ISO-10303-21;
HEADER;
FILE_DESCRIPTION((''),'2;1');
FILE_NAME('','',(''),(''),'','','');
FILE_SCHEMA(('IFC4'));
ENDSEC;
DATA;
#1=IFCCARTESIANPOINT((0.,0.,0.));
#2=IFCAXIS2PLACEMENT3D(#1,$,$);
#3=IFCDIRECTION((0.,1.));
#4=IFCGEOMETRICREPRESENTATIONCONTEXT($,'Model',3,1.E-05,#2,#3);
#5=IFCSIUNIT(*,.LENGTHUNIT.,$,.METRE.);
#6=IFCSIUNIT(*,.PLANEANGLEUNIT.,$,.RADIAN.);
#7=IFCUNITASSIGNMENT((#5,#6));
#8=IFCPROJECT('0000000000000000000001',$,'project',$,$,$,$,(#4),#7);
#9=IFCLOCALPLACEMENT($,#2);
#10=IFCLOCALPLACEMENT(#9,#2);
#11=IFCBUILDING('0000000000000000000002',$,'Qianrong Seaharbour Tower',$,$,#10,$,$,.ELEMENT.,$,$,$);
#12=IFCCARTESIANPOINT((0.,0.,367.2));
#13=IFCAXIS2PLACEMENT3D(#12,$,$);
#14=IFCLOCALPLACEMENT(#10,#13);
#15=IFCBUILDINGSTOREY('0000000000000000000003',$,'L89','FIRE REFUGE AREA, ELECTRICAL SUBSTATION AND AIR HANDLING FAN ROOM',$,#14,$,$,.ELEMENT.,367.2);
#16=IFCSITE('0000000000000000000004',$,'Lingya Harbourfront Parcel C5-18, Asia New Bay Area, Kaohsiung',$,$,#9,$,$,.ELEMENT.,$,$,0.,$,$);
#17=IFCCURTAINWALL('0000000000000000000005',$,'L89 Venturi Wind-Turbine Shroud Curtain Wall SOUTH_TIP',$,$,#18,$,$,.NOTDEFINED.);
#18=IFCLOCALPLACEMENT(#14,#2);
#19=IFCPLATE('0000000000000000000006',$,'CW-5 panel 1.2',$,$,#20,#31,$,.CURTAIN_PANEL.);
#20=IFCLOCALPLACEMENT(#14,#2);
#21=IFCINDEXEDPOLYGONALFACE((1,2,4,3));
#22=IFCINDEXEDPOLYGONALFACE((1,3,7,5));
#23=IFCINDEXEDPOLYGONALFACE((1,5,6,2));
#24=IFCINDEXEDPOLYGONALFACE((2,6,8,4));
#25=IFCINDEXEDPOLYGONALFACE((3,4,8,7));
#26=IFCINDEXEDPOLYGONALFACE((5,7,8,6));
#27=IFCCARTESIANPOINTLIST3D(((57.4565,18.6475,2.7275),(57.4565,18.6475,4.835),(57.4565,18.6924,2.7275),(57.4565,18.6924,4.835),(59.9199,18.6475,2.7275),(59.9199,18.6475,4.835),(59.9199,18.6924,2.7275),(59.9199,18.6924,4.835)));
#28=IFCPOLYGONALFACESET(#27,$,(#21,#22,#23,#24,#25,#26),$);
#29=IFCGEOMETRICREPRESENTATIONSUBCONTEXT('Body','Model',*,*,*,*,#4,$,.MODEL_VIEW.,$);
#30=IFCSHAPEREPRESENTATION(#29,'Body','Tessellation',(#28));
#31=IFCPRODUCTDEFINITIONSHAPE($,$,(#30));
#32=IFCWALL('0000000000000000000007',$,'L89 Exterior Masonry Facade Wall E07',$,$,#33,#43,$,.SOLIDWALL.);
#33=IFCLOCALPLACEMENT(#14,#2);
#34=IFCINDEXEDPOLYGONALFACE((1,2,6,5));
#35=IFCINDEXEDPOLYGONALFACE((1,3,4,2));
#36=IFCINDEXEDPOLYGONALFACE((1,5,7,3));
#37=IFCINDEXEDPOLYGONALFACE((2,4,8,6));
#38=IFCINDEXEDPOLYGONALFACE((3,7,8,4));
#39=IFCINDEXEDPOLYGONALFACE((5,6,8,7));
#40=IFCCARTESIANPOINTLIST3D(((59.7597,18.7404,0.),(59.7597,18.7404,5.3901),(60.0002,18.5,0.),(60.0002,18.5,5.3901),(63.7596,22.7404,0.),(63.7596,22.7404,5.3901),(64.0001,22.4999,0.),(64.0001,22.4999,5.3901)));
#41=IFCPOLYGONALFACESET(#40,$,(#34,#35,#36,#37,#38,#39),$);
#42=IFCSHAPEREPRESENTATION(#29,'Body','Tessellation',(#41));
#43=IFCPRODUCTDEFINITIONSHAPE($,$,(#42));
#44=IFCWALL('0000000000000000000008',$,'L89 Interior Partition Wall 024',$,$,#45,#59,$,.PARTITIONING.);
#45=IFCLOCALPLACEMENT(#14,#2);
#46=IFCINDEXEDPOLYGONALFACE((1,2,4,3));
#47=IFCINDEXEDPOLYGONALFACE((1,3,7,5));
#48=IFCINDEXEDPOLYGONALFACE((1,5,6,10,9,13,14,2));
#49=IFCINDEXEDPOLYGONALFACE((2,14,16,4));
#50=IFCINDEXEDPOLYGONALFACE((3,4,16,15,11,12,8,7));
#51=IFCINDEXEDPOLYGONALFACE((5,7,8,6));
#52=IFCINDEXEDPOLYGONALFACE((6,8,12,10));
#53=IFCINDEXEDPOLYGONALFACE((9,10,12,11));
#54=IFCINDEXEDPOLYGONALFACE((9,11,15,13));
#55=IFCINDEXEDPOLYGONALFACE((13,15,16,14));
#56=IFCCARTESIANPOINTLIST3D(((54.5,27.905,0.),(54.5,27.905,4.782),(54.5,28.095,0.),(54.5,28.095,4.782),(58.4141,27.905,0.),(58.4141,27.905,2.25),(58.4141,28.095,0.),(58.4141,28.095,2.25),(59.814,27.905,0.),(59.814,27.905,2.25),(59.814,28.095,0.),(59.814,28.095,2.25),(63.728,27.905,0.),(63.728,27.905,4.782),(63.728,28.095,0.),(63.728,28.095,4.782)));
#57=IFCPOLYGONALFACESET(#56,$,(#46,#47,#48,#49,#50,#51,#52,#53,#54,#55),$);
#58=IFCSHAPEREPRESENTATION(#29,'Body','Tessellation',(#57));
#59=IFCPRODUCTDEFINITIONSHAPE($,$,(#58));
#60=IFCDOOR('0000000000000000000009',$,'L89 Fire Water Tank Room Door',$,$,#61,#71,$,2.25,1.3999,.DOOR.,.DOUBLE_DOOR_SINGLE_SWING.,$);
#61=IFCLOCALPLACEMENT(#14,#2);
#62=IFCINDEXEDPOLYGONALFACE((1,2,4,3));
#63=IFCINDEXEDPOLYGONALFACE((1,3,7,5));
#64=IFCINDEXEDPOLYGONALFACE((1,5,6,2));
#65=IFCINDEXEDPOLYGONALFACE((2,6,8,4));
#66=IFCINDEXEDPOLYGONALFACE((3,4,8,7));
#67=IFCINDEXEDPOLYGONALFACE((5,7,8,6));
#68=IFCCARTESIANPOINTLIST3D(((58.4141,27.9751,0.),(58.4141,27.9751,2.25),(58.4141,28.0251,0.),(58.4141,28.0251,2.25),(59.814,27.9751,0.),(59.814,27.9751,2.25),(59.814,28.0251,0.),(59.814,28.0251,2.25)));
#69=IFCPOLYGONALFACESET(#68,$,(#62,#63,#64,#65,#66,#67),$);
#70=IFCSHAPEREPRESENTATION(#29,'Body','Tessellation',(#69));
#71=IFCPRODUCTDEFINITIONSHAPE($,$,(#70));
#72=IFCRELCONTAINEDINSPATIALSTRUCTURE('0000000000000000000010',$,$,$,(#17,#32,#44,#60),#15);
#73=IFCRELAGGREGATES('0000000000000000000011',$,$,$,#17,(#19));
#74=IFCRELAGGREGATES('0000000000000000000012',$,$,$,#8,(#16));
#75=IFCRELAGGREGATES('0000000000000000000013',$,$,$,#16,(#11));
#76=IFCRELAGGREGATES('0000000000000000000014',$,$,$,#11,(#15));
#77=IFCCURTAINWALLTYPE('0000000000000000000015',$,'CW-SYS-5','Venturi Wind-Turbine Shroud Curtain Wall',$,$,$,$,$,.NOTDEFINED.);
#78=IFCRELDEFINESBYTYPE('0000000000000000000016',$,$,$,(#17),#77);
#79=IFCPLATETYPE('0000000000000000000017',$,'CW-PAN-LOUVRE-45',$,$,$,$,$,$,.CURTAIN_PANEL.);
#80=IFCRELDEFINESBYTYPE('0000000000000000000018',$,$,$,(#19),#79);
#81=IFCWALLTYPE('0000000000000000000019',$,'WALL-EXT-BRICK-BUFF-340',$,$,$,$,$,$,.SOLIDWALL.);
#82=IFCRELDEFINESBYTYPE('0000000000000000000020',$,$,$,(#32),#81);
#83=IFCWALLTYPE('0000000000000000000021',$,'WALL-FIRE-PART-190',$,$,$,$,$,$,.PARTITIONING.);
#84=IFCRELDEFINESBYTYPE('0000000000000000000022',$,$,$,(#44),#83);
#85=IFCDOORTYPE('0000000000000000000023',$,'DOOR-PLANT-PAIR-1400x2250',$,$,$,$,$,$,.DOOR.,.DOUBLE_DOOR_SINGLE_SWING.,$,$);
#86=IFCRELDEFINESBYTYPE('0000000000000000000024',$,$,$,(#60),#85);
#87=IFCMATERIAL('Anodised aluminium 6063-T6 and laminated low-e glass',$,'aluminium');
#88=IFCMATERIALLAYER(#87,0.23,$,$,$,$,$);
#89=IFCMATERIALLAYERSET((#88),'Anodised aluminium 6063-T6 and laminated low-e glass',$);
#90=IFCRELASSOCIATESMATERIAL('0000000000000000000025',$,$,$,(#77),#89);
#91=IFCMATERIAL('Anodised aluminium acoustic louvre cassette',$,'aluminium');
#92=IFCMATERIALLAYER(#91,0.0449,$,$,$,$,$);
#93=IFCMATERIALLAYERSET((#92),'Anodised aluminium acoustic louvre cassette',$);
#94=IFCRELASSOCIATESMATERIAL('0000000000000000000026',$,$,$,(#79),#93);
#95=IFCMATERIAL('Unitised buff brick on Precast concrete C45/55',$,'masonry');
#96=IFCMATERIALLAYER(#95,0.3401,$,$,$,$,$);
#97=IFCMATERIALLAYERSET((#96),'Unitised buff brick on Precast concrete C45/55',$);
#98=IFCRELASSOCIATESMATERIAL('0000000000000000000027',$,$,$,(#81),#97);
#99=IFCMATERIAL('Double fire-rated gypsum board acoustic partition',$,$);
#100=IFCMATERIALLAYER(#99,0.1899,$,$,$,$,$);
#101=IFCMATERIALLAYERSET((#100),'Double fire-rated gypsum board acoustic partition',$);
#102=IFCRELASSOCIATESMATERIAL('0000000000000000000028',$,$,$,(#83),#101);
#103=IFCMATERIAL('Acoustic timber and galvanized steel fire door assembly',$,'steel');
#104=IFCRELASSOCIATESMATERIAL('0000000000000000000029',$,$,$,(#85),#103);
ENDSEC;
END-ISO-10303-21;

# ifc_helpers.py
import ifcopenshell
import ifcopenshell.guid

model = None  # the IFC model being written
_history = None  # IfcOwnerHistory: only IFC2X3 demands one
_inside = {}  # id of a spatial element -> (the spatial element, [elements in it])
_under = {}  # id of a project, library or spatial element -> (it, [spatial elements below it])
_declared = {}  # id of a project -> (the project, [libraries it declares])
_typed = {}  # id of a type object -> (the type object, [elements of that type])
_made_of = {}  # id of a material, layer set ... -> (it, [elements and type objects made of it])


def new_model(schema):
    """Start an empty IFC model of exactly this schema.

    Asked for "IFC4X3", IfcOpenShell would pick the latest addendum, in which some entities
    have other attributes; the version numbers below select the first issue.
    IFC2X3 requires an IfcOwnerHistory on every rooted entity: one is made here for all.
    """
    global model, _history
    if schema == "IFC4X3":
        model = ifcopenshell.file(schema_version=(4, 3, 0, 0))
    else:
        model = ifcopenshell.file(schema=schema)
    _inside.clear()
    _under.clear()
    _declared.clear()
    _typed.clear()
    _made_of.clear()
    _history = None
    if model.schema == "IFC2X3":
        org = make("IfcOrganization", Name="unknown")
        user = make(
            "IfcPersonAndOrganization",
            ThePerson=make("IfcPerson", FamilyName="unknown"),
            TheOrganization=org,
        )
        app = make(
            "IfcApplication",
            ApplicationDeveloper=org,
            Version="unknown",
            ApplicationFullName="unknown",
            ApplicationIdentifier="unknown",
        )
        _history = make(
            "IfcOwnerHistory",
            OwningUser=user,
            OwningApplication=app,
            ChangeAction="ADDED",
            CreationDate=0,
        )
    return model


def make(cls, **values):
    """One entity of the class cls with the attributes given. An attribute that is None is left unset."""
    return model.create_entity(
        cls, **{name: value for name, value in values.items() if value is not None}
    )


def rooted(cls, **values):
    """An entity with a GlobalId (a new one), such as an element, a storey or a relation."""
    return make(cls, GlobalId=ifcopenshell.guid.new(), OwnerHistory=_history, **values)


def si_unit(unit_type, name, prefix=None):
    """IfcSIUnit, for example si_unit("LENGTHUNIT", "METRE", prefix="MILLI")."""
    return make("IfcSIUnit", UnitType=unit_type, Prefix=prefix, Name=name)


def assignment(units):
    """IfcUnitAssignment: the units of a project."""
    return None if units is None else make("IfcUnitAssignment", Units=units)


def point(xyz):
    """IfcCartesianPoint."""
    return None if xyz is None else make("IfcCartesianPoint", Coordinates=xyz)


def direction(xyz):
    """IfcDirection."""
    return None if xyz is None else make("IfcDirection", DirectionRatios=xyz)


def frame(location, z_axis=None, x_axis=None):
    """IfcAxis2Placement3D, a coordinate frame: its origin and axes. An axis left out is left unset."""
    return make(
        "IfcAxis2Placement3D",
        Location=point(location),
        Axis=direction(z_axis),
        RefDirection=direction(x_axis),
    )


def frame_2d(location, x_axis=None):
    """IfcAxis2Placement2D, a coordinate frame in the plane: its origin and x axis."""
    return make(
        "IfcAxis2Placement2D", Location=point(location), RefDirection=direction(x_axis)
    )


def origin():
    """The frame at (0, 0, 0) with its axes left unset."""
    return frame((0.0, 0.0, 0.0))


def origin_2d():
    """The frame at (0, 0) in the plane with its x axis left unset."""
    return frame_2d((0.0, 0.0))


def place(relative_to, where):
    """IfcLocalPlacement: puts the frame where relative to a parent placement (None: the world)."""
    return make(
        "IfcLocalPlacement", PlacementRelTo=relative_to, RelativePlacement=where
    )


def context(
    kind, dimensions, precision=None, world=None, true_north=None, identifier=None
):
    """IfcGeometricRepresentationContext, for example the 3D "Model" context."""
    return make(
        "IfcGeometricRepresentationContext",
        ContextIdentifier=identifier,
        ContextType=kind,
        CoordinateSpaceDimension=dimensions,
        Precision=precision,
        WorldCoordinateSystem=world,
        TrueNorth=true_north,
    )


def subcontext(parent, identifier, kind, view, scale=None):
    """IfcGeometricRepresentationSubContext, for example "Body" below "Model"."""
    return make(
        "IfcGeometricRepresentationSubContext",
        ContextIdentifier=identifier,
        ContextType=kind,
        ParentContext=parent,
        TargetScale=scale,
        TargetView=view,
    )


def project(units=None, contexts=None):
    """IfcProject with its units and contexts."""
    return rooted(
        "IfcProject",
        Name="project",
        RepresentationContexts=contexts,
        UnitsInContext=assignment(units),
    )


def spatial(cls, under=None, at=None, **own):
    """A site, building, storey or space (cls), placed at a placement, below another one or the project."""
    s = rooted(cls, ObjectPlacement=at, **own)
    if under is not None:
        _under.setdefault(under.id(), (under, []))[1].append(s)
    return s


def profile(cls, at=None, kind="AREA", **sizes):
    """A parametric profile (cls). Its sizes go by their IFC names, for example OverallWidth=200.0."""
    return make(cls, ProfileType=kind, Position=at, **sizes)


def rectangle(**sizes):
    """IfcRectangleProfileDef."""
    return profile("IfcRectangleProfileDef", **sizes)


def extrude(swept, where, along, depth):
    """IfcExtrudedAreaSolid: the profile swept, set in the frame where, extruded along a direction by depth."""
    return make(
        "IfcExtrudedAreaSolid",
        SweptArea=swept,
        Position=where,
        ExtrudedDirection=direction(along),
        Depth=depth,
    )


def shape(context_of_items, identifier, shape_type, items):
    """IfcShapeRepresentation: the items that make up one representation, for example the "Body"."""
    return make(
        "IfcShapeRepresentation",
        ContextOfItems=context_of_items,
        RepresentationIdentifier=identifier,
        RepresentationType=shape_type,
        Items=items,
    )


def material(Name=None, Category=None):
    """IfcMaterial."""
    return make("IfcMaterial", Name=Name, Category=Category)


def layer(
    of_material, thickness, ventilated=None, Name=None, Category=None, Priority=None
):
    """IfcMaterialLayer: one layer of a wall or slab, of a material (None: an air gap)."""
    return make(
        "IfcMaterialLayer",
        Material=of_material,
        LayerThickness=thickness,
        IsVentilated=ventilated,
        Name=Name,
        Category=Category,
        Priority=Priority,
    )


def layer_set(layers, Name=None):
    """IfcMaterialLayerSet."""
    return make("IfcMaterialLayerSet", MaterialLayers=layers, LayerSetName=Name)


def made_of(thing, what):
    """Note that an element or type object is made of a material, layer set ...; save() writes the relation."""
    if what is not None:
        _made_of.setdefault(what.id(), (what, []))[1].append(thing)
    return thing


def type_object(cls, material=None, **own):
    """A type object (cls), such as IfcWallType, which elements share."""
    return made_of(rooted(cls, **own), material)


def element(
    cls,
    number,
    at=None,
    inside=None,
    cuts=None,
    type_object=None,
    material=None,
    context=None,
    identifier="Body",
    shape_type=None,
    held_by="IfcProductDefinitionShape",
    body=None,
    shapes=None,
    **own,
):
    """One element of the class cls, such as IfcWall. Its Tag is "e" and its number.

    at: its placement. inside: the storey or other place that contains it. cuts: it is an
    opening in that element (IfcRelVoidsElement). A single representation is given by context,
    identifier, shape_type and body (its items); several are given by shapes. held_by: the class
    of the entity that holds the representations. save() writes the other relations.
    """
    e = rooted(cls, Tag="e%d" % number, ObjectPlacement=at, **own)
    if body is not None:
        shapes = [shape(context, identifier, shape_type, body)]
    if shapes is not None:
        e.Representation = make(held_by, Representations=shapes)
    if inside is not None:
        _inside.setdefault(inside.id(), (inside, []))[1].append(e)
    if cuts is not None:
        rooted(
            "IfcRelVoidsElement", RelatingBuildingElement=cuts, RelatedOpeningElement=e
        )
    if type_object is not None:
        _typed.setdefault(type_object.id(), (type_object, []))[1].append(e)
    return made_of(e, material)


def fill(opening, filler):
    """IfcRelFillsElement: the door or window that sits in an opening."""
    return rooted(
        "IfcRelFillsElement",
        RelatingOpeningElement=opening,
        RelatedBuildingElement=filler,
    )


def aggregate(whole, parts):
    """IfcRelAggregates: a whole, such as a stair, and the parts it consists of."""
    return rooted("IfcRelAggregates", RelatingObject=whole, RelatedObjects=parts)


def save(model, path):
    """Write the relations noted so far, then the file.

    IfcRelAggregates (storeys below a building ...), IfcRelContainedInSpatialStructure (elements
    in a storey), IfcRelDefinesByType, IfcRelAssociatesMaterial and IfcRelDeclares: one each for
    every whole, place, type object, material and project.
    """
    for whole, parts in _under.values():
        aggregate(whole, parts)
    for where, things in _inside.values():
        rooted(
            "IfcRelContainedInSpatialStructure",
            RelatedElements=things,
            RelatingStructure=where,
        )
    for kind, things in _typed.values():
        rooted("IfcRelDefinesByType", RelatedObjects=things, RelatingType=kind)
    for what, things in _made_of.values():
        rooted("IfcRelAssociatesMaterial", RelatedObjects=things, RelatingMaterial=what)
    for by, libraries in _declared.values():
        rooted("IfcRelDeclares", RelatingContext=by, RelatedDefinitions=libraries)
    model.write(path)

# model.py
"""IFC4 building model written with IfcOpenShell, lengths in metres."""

from ifc_helpers import new_model, si_unit, direction, frame, frame_2d, origin, origin_2d, place, context, subcontext, project, spatial, rectangle, extrude, material, layer, layer_set, type_object, element, fill, aggregate, save


model = new_model("IFC4")

# Units and contexts
model_context = context("Model", 3, precision=1e-05, world=origin(), true_north=direction((0.0, 1.0)))
body_context = subcontext(model_context, "Body", "Model", "MODEL_VIEW")
ifc_project = project(units=[si_unit("LENGTHUNIT", "METRE"), si_unit("PLANEANGLEUNIT", "RADIAN")], contexts=[model_context])

# Site, building, storey
site_placement = place(None, origin())
site = spatial("IfcSite", under=ifc_project, at=site_placement, Name="Lingya Harbourfront Parcel C5-18, Asia New Bay Area, Kaohsiung", CompositionType="ELEMENT", RefElevation=0.0)
building_placement = place(site_placement, origin())
building = spatial("IfcBuilding", under=site, at=building_placement, Name="Qianrong Seaharbour Tower", CompositionType="ELEMENT")
storey_placement = place(building_placement, frame((0.0, 0.0, 367.2)))
storey = spatial("IfcBuildingStorey", under=building, at=storey_placement, Name="L89", Description="FIRE REFUGE AREA, ELECTRICAL SUBSTATION AND AIR HANDLING FAN ROOM", CompositionType="ELEMENT", Elevation=367.2)

# Curtain wall
ifc_material_1 = material(Name="Anodised aluminium 6063-T6 and laminated low-e glass", Category="aluminium")
ifc_layer_1 = layer(ifc_material_1, 0.23)
ifc_layer_set_1 = layer_set([ifc_layer_1], Name="Anodised aluminium 6063-T6 and laminated low-e glass")
curtain_wall_type = type_object("IfcCurtainWallType", Name="CW-SYS-5", Description="Venturi Wind-Turbine Shroud Curtain Wall", PredefinedType="NOTDEFINED", material=ifc_layer_set_1)
curtain_wall_1_placement = place(storey_placement, origin())
curtain_wall_1 = element("IfcCurtainWall", 1, at=curtain_wall_1_placement, inside=storey, type_object=curtain_wall_type, Name="L89 Venturi Wind-Turbine Shroud Curtain Wall SOUTH_TIP", PredefinedType="NOTDEFINED")

# Plate
ifc_material_2 = material(Name="Anodised aluminium acoustic louvre cassette", Category="aluminium")
ifc_layer_2 = layer(ifc_material_2, 0.0449)
ifc_layer_set_2 = layer_set([ifc_layer_2], Name="Anodised aluminium acoustic louvre cassette")
plate_type = type_object("IfcPlateType", Name="CW-PAN-LOUVRE-45", PredefinedType="CURTAIN_PANEL", material=ifc_layer_set_2)
plate_1_placement = place(storey_placement, frame((58.6882, 18.6699, 2.7275), z_axis=(0.0, 0.0, 1.0), x_axis=(-1.0, 0.0, 0.0)))
plate_1 = element("IfcPlate", 2, at=plate_1_placement, type_object=plate_type, Name="CW-5 panel 1.2", PredefinedType="CURTAIN_PANEL", context=body_context, shape_type="SweptSolid", body=[
    extrude(rectangle(XDim=2.4634, YDim=0.0449, at=origin_2d()), origin(), (0.0, 0.0, 1.0), 2.1074),
])
aggregate(curtain_wall_1, [plate_1])

# Wall
ifc_material_3 = material(Name="Unitised buff brick on Precast concrete C45/55", Category="masonry")
ifc_layer_3 = layer(ifc_material_3, 0.3401)
ifc_layer_set_3 = layer_set([ifc_layer_3], Name="Unitised buff brick on Precast concrete C45/55")
wall_type_1 = type_object("IfcWallType", Name="WALL-EXT-BRICK-BUFF-340", PredefinedType="SOLIDWALL", material=ifc_layer_set_3)
wall_1_placement = place(storey_placement, frame((63.8799, 22.6201, 0.0), z_axis=(0.0, 0.0, 1.0), x_axis=(-0.707107, -0.707107, 0.0)))
element("IfcWall", 3, at=wall_1_placement, inside=storey, type_object=wall_type_1, Name="L89 Exterior Masonry Facade Wall E07", PredefinedType="SOLIDWALL", context=body_context, shape_type="SweptSolid", body=[
    extrude(rectangle(XDim=5.6567, YDim=0.3401, at=frame_2d((2.8284, 0.0))), origin(), (0.0, 0.0, 1.0), 5.3901),
])

# Wall, opening, door
ifc_material_4 = material(Name="Double fire-rated gypsum board acoustic partition")
ifc_layer_4 = layer(ifc_material_4, 0.1899)
ifc_layer_set_4 = layer_set([ifc_layer_4], Name="Double fire-rated gypsum board acoustic partition")
wall_type_2 = type_object("IfcWallType", Name="WALL-FIRE-PART-190", PredefinedType="PARTITIONING", material=ifc_layer_set_4)
wall_2_placement = place(storey_placement, frame((63.728, 28.0, 0.0), z_axis=(0.0, 0.0, 1.0), x_axis=(-1.0, 0.0, 0.0)))
wall_2 = element("IfcWall", 4, at=wall_2_placement, inside=storey, type_object=wall_type_2, Name="L89 Interior Partition Wall 024", PredefinedType="PARTITIONING", context=body_context, shape_type="SweptSolid", body=[
    extrude(rectangle(XDim=9.228, YDim=0.1899, at=frame_2d((4.614, 0.0))), origin(), (0.0, 0.0, 1.0), 4.782),
])
opening_placement = place(wall_2_placement, frame((3.9141, 0.0, 0.0)))
opening = element("IfcOpeningElement", 5, at=opening_placement, cuts=wall_2, PredefinedType="OPENING", context=body_context, shape_type="SweptSolid", body=[
    extrude(rectangle(XDim=1.3999, YDim=2.25, at=frame_2d((0.7, 1.125))), frame((0.0, 0.105, 0.0), z_axis=(0.0, -1.0, 0.0), x_axis=(1.0, 0.0, 0.0)), (0.0, 0.0, 1.0), 0.21),
])
ifc_material_5 = material(Name="Acoustic timber and galvanized steel fire door assembly", Category="steel")
door_type = type_object("IfcDoorType", Name="DOOR-PLANT-PAIR-1400x2250", OperationType="DOUBLE_DOOR_SINGLE_SWING", PredefinedType="DOOR", material=ifc_material_5)
door_placement = place(opening_placement, origin())
door = element("IfcDoor", 6, at=door_placement, inside=storey, type_object=door_type, Name="L89 Fire Water Tank Room Door", OperationType="DOUBLE_DOOR_SINGLE_SWING", OverallHeight=2.25, OverallWidth=1.3999, PredefinedType="DOOR", context=body_context, shape_type="SweptSolid", body=[
    extrude(rectangle(XDim=1.3999, YDim=2.25, at=frame_2d((0.7, 1.125))), frame((0.0, 0.0249, 0.0), z_axis=(0.0, -1.0, 0.0), x_axis=(1.0, 0.0, 0.0)), (0.0, 0.0, 1.0), 0.05),
])
fill(opening, door)

save(model, "model.ifc")
